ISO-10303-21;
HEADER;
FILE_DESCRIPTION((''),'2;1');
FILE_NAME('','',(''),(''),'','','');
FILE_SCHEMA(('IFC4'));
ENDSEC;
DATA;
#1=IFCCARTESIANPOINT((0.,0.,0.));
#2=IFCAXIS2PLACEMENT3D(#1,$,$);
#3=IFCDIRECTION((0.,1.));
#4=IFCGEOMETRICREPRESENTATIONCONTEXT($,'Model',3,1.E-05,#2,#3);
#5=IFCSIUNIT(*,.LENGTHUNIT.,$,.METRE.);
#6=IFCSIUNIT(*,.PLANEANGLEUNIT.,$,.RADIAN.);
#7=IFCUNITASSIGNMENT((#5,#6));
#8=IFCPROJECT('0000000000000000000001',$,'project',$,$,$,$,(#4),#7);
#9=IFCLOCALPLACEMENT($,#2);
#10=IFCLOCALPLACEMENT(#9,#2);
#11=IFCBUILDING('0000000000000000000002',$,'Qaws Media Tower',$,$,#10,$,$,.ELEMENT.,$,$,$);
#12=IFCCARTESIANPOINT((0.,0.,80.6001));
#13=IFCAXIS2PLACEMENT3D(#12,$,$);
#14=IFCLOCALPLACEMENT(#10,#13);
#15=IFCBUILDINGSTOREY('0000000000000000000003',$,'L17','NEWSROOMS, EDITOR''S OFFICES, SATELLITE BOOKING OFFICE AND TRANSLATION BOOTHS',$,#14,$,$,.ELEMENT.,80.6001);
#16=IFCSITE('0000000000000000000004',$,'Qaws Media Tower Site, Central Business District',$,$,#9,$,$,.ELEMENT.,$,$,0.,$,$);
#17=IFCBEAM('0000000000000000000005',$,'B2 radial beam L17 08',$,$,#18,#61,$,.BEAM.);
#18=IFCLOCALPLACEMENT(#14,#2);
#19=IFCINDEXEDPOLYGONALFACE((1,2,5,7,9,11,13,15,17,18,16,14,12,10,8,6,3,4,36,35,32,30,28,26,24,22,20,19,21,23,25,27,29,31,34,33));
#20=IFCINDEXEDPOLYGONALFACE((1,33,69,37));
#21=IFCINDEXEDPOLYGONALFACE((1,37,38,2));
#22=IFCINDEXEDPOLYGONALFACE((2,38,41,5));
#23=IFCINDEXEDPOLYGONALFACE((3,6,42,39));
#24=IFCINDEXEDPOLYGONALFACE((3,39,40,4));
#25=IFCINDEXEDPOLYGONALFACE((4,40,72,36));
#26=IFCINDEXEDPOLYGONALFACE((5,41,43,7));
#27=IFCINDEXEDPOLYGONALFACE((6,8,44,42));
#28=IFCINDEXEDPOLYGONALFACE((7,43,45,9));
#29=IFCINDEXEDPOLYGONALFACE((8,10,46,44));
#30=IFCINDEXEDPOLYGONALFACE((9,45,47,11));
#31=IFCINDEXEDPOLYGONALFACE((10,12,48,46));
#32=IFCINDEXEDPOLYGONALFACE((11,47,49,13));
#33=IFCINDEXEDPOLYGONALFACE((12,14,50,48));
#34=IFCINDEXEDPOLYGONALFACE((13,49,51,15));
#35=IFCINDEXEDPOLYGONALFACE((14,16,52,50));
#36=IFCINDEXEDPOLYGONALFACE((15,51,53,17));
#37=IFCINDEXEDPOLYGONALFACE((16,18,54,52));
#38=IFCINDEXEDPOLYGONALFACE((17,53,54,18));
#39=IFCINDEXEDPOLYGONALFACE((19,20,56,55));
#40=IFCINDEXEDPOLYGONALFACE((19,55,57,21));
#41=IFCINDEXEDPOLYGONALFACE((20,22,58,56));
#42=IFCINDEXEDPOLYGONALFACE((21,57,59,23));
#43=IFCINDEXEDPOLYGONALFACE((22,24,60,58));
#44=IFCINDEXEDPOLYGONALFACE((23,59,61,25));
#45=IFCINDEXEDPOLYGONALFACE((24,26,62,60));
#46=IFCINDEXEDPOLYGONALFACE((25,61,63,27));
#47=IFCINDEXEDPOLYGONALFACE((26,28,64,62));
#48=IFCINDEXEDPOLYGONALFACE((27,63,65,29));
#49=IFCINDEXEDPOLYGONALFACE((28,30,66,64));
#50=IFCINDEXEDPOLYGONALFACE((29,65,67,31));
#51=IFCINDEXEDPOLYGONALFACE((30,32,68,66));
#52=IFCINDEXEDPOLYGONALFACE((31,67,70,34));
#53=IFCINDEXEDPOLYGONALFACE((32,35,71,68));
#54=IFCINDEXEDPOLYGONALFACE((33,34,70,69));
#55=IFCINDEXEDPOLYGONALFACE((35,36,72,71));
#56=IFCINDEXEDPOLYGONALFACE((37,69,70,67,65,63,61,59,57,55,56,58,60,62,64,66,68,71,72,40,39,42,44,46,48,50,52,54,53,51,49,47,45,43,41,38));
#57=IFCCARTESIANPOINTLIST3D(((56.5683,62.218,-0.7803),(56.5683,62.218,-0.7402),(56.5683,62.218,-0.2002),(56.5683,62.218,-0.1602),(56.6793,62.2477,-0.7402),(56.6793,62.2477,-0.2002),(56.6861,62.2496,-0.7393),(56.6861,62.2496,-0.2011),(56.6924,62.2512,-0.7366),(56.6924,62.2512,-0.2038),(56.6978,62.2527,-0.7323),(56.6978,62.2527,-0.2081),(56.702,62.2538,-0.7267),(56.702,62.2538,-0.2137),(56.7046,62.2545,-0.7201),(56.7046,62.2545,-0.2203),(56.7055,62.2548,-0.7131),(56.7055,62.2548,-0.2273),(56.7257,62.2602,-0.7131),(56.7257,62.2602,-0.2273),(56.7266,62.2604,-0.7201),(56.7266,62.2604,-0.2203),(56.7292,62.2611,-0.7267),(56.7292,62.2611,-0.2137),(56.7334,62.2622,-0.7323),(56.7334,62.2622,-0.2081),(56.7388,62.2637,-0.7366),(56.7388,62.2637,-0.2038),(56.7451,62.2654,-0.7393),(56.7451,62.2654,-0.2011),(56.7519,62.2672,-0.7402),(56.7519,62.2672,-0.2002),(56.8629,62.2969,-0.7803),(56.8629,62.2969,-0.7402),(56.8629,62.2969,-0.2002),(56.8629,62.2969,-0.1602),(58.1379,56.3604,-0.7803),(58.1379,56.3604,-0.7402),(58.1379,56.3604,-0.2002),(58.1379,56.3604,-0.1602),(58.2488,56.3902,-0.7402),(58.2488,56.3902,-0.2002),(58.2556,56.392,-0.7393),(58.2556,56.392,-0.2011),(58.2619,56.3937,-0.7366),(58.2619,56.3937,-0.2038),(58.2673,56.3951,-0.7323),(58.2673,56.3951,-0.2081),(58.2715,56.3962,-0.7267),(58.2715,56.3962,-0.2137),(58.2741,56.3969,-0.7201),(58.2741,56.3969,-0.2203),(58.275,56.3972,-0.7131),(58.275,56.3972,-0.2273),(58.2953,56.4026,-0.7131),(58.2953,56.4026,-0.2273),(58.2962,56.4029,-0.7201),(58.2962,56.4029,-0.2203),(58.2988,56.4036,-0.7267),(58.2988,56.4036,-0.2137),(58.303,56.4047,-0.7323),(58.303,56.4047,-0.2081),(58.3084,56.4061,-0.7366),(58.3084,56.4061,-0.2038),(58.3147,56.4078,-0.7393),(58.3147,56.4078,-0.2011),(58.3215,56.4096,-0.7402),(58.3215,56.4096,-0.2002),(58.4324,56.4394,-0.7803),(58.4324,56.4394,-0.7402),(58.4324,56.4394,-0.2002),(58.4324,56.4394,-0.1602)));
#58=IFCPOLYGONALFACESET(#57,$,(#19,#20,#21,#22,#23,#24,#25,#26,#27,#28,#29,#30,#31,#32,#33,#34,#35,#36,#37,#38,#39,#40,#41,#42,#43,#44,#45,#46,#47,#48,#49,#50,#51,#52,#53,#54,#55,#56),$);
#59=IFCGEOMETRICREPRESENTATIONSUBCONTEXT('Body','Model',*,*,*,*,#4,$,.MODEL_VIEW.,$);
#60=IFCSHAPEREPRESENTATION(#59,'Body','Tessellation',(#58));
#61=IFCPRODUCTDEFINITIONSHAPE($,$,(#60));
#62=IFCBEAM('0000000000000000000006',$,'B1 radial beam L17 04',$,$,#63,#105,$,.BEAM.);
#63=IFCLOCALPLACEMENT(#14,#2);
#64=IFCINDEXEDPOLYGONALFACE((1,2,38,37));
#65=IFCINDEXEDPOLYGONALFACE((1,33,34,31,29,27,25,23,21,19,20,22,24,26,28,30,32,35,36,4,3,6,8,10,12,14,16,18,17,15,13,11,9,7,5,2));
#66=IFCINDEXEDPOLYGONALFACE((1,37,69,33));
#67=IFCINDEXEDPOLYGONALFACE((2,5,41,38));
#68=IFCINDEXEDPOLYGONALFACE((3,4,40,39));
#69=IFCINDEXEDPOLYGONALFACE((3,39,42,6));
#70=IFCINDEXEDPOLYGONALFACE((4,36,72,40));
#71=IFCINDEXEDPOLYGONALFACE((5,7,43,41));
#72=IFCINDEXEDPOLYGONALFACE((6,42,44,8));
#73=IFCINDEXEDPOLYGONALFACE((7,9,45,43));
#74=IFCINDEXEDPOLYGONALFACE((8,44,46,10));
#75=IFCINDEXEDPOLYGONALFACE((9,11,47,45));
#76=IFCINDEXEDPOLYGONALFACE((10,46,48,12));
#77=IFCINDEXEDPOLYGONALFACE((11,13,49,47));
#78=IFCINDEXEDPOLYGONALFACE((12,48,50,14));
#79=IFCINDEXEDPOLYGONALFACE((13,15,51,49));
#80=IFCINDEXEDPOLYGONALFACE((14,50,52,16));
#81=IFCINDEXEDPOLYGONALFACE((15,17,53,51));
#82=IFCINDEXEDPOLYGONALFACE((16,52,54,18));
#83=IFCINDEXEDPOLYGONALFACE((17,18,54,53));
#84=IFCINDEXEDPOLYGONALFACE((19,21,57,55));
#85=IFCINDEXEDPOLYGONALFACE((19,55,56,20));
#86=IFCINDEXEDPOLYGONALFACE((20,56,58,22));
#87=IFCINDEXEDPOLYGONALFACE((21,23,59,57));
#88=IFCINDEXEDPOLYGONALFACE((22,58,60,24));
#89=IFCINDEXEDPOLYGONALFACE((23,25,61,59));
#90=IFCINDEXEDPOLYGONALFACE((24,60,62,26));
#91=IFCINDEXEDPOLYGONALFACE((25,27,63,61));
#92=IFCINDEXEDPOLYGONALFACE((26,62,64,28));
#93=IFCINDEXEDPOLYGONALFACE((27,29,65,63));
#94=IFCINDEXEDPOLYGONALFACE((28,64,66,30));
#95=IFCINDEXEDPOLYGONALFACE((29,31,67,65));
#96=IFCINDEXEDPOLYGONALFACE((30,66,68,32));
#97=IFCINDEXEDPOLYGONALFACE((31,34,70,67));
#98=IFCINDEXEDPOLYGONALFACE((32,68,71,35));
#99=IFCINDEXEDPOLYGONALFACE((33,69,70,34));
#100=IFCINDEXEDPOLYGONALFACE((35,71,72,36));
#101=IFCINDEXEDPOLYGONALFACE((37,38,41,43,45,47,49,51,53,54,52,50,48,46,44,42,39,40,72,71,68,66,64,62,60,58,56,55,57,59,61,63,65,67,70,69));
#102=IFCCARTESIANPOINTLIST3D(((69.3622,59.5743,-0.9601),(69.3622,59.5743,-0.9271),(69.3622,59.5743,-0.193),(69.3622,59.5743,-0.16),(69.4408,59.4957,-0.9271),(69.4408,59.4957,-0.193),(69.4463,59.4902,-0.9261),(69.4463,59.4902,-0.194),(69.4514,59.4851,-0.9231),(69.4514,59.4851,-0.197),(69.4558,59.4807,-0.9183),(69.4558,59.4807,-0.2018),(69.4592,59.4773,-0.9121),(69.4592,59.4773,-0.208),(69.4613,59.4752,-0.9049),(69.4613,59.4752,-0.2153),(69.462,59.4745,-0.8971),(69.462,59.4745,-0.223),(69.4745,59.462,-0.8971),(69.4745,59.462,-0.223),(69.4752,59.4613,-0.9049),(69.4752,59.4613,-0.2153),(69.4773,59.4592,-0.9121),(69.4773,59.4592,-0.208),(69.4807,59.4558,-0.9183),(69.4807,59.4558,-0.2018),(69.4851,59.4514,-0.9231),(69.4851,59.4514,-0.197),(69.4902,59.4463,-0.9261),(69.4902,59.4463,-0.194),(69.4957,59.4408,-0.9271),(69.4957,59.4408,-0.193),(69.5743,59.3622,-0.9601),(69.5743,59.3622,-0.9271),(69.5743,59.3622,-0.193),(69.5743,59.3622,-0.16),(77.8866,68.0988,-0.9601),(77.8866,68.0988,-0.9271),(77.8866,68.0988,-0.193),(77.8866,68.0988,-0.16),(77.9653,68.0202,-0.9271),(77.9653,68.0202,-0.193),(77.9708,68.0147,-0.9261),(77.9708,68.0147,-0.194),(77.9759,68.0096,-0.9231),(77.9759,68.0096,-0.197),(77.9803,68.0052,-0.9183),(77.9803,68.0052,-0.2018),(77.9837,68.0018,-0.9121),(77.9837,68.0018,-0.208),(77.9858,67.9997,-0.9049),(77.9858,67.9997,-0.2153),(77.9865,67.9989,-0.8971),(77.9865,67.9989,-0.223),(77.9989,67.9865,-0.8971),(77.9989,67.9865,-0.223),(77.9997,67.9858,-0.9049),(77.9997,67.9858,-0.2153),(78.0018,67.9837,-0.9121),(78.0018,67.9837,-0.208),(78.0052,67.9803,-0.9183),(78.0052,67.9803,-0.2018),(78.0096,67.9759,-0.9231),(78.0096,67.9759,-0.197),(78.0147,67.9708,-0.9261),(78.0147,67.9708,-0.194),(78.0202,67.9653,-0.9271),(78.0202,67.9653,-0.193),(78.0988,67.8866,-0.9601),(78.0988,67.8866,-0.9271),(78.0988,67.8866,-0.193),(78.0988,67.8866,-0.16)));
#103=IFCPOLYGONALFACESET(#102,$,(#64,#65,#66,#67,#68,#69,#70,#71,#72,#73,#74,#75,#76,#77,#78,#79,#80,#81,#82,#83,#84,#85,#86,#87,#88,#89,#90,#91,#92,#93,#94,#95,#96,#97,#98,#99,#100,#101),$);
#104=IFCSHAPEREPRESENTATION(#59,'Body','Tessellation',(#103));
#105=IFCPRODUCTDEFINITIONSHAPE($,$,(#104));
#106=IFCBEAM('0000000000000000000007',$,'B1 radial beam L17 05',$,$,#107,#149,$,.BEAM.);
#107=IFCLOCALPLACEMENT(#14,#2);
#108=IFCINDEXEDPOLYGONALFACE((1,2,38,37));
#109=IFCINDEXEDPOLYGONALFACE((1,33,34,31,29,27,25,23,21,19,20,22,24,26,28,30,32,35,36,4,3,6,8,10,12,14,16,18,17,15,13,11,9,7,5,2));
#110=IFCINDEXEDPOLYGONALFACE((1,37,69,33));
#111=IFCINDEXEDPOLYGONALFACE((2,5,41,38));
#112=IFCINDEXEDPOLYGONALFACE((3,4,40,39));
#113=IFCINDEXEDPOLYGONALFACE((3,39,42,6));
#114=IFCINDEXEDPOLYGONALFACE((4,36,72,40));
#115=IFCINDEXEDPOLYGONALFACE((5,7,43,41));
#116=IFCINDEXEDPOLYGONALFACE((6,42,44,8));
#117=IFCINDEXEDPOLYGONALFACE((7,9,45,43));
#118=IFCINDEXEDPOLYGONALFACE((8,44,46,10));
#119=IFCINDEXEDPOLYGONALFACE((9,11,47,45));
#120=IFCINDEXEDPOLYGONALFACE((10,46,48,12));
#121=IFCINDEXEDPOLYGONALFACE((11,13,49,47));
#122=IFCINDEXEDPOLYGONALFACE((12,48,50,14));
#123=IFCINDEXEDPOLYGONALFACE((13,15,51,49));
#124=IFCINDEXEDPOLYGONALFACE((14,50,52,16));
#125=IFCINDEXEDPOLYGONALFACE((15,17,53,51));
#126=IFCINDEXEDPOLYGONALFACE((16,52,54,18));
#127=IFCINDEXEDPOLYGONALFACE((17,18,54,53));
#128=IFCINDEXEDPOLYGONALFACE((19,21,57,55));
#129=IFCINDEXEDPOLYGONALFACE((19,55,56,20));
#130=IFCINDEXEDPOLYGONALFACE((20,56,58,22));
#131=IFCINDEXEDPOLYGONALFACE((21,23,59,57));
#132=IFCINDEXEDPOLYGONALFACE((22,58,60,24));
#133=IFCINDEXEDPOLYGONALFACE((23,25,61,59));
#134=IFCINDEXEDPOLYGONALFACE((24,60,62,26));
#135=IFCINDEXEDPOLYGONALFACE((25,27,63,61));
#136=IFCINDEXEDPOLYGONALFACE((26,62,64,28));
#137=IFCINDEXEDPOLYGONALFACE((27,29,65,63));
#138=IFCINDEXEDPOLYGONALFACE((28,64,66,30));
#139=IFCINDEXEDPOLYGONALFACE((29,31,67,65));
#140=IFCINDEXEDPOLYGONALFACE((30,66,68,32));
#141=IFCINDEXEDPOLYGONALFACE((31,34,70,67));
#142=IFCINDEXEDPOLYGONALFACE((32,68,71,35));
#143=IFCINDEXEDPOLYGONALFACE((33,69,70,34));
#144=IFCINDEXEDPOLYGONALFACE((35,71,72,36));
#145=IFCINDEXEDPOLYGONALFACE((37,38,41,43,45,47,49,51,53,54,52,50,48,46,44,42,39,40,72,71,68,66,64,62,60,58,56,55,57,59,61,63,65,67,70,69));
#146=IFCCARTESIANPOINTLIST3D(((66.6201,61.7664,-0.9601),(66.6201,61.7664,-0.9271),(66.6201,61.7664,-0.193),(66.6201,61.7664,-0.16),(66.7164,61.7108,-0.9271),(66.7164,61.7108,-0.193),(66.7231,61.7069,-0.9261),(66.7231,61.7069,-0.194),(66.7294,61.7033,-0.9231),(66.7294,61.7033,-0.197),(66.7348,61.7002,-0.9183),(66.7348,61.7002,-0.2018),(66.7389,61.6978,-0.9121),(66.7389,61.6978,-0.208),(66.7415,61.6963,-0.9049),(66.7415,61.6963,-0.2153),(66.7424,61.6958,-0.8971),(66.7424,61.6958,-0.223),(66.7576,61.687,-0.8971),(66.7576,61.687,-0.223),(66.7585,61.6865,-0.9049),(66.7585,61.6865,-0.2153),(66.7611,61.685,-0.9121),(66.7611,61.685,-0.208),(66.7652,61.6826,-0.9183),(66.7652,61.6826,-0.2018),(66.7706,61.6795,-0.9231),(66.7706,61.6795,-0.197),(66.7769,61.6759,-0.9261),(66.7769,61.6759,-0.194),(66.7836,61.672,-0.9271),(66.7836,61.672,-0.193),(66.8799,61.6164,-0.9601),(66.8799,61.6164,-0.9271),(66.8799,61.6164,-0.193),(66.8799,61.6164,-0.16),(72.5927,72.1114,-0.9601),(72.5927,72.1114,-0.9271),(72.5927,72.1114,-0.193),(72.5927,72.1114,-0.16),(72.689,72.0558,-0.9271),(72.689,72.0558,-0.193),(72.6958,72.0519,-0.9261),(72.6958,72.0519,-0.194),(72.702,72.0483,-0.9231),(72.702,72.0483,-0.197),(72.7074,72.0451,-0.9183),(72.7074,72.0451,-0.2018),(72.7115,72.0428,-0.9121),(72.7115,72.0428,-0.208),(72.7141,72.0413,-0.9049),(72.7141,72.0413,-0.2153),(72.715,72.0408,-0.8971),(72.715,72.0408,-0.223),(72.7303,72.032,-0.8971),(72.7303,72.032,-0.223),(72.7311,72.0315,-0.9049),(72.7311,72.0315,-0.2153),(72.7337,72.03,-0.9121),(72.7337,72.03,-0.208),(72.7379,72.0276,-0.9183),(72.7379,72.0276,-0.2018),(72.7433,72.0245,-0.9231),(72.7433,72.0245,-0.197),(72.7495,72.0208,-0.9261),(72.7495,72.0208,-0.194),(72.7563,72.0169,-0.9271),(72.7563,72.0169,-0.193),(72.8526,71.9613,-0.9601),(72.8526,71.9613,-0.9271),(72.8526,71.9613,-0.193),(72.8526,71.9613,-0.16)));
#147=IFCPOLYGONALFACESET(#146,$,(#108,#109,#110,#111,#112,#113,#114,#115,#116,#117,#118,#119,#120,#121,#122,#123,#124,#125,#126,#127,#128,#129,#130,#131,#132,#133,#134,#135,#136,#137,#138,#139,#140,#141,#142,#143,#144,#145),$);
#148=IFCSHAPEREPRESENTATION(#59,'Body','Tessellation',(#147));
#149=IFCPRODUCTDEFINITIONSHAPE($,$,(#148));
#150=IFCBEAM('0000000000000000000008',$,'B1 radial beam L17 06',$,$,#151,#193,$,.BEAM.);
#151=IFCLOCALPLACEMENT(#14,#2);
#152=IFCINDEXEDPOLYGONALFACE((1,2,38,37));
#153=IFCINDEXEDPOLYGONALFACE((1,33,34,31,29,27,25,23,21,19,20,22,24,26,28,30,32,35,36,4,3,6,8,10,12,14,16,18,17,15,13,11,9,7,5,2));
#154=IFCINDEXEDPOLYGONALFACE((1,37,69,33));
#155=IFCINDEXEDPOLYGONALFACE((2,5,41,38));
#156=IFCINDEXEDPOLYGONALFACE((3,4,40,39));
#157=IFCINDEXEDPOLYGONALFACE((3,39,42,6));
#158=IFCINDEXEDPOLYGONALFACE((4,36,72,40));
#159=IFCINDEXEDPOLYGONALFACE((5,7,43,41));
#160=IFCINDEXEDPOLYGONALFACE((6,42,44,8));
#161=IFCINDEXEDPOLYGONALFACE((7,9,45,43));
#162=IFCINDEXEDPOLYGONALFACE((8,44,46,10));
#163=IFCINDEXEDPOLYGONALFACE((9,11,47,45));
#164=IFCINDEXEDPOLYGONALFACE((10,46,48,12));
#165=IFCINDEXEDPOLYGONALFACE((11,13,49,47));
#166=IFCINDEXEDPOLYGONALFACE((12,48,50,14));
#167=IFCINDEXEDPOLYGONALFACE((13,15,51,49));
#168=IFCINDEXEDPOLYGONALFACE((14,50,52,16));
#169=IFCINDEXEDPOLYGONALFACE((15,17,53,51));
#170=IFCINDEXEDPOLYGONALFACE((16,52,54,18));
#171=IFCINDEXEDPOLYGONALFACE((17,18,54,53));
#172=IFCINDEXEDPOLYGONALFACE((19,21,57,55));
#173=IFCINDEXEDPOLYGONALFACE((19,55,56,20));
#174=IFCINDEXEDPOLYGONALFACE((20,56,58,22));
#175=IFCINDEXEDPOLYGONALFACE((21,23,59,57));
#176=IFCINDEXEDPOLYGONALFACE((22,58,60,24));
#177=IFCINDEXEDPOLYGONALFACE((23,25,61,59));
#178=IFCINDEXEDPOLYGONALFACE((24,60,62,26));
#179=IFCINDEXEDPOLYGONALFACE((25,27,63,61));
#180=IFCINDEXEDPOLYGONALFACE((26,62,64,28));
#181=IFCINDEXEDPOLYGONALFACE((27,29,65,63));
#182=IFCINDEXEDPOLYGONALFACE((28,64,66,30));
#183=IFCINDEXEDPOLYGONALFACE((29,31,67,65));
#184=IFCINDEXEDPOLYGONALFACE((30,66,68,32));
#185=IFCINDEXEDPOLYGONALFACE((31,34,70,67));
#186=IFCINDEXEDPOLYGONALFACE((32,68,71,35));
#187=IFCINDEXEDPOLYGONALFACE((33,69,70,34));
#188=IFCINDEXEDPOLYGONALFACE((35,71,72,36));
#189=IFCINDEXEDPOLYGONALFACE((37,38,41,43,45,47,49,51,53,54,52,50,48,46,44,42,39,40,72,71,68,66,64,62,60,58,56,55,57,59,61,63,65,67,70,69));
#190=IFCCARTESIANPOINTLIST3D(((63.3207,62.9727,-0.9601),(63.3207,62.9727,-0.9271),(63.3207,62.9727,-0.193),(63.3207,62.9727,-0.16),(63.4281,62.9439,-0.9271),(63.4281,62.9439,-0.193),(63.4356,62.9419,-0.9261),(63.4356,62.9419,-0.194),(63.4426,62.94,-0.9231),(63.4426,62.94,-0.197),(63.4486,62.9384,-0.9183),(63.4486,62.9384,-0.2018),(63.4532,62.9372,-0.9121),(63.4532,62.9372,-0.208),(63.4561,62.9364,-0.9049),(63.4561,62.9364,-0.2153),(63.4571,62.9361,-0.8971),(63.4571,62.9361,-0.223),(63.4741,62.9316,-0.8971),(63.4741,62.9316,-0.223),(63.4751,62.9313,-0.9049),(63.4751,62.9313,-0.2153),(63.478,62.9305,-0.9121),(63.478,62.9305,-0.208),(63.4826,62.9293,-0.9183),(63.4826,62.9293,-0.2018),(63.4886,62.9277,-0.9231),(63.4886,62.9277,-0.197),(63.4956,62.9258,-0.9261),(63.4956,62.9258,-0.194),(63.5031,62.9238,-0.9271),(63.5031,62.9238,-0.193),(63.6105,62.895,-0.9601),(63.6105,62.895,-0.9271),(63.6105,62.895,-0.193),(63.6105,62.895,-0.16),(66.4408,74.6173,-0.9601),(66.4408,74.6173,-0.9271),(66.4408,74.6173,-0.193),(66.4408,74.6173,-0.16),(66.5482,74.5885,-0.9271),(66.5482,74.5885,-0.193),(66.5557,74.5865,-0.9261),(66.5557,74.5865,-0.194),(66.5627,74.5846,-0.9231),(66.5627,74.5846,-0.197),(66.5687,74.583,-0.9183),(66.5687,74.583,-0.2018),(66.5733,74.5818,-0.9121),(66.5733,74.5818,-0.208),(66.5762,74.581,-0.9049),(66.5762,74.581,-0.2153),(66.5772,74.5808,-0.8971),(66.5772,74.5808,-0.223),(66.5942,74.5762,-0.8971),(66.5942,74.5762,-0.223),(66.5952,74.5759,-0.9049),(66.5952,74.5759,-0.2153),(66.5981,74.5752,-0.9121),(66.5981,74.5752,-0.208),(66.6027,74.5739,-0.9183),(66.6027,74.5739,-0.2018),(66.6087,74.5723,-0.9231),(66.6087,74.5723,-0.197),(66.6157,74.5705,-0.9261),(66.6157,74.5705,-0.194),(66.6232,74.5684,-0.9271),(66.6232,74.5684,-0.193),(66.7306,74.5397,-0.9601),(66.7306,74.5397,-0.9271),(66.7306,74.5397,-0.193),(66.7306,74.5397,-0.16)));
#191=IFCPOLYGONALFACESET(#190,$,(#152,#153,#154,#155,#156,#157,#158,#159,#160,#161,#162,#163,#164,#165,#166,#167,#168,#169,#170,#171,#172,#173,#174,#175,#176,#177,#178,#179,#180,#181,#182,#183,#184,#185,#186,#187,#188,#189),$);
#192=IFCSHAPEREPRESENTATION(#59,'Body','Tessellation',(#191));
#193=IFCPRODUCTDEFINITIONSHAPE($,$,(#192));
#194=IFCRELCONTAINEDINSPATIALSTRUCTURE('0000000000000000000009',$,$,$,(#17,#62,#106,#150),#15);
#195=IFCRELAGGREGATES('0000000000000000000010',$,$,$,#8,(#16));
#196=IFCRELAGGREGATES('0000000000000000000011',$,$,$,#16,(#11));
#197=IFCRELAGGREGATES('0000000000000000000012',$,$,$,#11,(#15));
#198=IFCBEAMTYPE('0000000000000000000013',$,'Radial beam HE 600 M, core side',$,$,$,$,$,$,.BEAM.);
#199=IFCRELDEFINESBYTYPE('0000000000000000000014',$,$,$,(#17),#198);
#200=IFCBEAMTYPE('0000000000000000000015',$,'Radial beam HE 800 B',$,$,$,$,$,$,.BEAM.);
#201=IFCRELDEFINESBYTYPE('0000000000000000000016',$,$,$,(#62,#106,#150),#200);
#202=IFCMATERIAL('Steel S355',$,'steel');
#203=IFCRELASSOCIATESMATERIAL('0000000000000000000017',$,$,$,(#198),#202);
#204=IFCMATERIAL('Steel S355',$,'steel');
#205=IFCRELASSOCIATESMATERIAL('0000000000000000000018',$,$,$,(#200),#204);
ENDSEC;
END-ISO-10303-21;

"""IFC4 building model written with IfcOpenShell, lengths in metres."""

from ifc_helpers import new_model, si_unit, direction, frame, origin, origin_2d, place, context, subcontext, project, spatial, i_section, extrude, material, material_profile, profile_set, type_object, element, save


model = new_model("IFC4")

# Units and contexts
model_context = context("Model", 3, precision=1e-05, world=origin(), true_north=direction((0.0, 1.0)))
body_context = subcontext(model_context, "Body", "Model", "MODEL_VIEW")
ifc_project = project(units=[si_unit("LENGTHUNIT", "METRE"), si_unit("PLANEANGLEUNIT", "RADIAN")], contexts=[model_context])

# Site, building, storey
site_placement = place(None, origin())
site = spatial("IfcSite", under=ifc_project, at=site_placement, Name="Qaws Media Tower Site, Central Business District", CompositionType="ELEMENT", RefElevation=0.0)
building_placement = place(site_placement, origin())
building = spatial("IfcBuilding", under=site, at=building_placement, Name="Qaws Media Tower", CompositionType="ELEMENT")
storey_placement = place(building_placement, frame((0.0, 0.0, 80.6001)))
storey = spatial("IfcBuildingStorey", under=building, at=storey_placement, Name="L17", Description="NEWSROOMS, EDITOR'S OFFICES, SATELLITE BOOKING OFFICE AND TRANSLATION BOOTHS", CompositionType="ELEMENT", Elevation=80.6001)

# Beams
ifc_material_1 = material(Name="Steel S355", Category="steel")
ifc_material_profile_1 = material_profile(ifc_material_1, i_section(OverallWidth=0.3049, OverallDepth=0.6201, WebThickness=0.021, FlangeThickness=0.04, FilletRadius=0.0271, at=origin_2d()), Name="HE 600 M")
ifc_profile_set_1 = profile_set([ifc_material_profile_1], Name="Steel S355")
beam_type_1 = type_object("IfcBeamType", Name="Radial beam HE 600 M, core side", PredefinedType="BEAM", material=ifc_profile_set_1)
beam_1_placement = place(storey_placement, frame((58.2852, 56.3999, -0.4702), z_axis=(-0.258823, 0.965925, 0.0), x_axis=(-0.965925, -0.258823, 0.0)))
element("IfcBeam", 1, at=beam_1_placement, inside=storey, type_object=beam_type_1, Name="B2 radial beam L17 08", PredefinedType="BEAM", context=body_context, shape_type="SweptSolid", body=[
    extrude(i_section(OverallWidth=0.3049, OverallDepth=0.6201, WebThickness=0.021, FlangeThickness=0.04, FilletRadius=0.0271, at=origin_2d()), origin(), (0.0, 0.0, 1.0), 6.0642),
])
ifc_material_2 = material(Name="Steel S355", Category="steel")
ifc_material_profile_2 = material_profile(ifc_material_2, i_section(OverallWidth=0.3, OverallDepth=0.8, WebThickness=0.0176, FlangeThickness=0.033, FilletRadius=0.03, at=origin_2d()), Name="HE 800 B")
ifc_profile_set_2 = profile_set([ifc_material_profile_2], Name="Steel S355")
beam_type_2 = type_object("IfcBeamType", Name="Radial beam HE 800 B", PredefinedType="BEAM", material=ifc_profile_set_2)
beam_2_placement = place(storey_placement, frame((69.4683, 59.4683, -0.5601), z_axis=(0.707107, 0.707107, 0.0), x_axis=(-0.707107, 0.707107, 0.0)))
element("IfcBeam", 2, at=beam_2_placement, inside=storey, type_object=beam_type_2, Name="B1 radial beam L17 04", PredefinedType="BEAM", context=body_context, shape_type="SweptSolid", body=[
    extrude(i_section(OverallWidth=0.3, OverallDepth=0.8, WebThickness=0.0176, FlangeThickness=0.033, FilletRadius=0.03, at=origin_2d()), origin(), (0.0, 0.0, 1.0), 12.0554),
])
beam_3_placement = place(storey_placement, frame((66.75, 61.6914, -0.5601), z_axis=(0.499999, 0.866026, 0.0), x_axis=(-0.866026, 0.499999, 0.0)))
element("IfcBeam", 3, at=beam_3_placement, inside=storey, type_object=beam_type_2, Name="B1 radial beam L17 05", PredefinedType="BEAM", context=body_context, shape_type="SweptSolid", body=[
    extrude(i_section(OverallWidth=0.3, OverallDepth=0.8, WebThickness=0.0176, FlangeThickness=0.033, FilletRadius=0.03, at=origin_2d()), origin(), (0.0, 0.0, 1.0), 11.9453),
])
beam_4_placement = place(storey_placement, frame((63.4656, 62.9338, -0.5601), z_axis=(0.258817, 0.965926, 0.0), x_axis=(-0.965926, 0.258817, 0.0)))
element("IfcBeam", 4, at=beam_4_placement, inside=storey, type_object=beam_type_2, Name="B1 radial beam L17 06", PredefinedType="BEAM", context=body_context, shape_type="SweptSolid", body=[
    extrude(i_section(OverallWidth=0.3, OverallDepth=0.8, WebThickness=0.0176, FlangeThickness=0.033, FilletRadius=0.03, at=origin_2d()), origin(), (0.0, 0.0, 1.0), 12.0554),
])

save(model, "model.ifc")
